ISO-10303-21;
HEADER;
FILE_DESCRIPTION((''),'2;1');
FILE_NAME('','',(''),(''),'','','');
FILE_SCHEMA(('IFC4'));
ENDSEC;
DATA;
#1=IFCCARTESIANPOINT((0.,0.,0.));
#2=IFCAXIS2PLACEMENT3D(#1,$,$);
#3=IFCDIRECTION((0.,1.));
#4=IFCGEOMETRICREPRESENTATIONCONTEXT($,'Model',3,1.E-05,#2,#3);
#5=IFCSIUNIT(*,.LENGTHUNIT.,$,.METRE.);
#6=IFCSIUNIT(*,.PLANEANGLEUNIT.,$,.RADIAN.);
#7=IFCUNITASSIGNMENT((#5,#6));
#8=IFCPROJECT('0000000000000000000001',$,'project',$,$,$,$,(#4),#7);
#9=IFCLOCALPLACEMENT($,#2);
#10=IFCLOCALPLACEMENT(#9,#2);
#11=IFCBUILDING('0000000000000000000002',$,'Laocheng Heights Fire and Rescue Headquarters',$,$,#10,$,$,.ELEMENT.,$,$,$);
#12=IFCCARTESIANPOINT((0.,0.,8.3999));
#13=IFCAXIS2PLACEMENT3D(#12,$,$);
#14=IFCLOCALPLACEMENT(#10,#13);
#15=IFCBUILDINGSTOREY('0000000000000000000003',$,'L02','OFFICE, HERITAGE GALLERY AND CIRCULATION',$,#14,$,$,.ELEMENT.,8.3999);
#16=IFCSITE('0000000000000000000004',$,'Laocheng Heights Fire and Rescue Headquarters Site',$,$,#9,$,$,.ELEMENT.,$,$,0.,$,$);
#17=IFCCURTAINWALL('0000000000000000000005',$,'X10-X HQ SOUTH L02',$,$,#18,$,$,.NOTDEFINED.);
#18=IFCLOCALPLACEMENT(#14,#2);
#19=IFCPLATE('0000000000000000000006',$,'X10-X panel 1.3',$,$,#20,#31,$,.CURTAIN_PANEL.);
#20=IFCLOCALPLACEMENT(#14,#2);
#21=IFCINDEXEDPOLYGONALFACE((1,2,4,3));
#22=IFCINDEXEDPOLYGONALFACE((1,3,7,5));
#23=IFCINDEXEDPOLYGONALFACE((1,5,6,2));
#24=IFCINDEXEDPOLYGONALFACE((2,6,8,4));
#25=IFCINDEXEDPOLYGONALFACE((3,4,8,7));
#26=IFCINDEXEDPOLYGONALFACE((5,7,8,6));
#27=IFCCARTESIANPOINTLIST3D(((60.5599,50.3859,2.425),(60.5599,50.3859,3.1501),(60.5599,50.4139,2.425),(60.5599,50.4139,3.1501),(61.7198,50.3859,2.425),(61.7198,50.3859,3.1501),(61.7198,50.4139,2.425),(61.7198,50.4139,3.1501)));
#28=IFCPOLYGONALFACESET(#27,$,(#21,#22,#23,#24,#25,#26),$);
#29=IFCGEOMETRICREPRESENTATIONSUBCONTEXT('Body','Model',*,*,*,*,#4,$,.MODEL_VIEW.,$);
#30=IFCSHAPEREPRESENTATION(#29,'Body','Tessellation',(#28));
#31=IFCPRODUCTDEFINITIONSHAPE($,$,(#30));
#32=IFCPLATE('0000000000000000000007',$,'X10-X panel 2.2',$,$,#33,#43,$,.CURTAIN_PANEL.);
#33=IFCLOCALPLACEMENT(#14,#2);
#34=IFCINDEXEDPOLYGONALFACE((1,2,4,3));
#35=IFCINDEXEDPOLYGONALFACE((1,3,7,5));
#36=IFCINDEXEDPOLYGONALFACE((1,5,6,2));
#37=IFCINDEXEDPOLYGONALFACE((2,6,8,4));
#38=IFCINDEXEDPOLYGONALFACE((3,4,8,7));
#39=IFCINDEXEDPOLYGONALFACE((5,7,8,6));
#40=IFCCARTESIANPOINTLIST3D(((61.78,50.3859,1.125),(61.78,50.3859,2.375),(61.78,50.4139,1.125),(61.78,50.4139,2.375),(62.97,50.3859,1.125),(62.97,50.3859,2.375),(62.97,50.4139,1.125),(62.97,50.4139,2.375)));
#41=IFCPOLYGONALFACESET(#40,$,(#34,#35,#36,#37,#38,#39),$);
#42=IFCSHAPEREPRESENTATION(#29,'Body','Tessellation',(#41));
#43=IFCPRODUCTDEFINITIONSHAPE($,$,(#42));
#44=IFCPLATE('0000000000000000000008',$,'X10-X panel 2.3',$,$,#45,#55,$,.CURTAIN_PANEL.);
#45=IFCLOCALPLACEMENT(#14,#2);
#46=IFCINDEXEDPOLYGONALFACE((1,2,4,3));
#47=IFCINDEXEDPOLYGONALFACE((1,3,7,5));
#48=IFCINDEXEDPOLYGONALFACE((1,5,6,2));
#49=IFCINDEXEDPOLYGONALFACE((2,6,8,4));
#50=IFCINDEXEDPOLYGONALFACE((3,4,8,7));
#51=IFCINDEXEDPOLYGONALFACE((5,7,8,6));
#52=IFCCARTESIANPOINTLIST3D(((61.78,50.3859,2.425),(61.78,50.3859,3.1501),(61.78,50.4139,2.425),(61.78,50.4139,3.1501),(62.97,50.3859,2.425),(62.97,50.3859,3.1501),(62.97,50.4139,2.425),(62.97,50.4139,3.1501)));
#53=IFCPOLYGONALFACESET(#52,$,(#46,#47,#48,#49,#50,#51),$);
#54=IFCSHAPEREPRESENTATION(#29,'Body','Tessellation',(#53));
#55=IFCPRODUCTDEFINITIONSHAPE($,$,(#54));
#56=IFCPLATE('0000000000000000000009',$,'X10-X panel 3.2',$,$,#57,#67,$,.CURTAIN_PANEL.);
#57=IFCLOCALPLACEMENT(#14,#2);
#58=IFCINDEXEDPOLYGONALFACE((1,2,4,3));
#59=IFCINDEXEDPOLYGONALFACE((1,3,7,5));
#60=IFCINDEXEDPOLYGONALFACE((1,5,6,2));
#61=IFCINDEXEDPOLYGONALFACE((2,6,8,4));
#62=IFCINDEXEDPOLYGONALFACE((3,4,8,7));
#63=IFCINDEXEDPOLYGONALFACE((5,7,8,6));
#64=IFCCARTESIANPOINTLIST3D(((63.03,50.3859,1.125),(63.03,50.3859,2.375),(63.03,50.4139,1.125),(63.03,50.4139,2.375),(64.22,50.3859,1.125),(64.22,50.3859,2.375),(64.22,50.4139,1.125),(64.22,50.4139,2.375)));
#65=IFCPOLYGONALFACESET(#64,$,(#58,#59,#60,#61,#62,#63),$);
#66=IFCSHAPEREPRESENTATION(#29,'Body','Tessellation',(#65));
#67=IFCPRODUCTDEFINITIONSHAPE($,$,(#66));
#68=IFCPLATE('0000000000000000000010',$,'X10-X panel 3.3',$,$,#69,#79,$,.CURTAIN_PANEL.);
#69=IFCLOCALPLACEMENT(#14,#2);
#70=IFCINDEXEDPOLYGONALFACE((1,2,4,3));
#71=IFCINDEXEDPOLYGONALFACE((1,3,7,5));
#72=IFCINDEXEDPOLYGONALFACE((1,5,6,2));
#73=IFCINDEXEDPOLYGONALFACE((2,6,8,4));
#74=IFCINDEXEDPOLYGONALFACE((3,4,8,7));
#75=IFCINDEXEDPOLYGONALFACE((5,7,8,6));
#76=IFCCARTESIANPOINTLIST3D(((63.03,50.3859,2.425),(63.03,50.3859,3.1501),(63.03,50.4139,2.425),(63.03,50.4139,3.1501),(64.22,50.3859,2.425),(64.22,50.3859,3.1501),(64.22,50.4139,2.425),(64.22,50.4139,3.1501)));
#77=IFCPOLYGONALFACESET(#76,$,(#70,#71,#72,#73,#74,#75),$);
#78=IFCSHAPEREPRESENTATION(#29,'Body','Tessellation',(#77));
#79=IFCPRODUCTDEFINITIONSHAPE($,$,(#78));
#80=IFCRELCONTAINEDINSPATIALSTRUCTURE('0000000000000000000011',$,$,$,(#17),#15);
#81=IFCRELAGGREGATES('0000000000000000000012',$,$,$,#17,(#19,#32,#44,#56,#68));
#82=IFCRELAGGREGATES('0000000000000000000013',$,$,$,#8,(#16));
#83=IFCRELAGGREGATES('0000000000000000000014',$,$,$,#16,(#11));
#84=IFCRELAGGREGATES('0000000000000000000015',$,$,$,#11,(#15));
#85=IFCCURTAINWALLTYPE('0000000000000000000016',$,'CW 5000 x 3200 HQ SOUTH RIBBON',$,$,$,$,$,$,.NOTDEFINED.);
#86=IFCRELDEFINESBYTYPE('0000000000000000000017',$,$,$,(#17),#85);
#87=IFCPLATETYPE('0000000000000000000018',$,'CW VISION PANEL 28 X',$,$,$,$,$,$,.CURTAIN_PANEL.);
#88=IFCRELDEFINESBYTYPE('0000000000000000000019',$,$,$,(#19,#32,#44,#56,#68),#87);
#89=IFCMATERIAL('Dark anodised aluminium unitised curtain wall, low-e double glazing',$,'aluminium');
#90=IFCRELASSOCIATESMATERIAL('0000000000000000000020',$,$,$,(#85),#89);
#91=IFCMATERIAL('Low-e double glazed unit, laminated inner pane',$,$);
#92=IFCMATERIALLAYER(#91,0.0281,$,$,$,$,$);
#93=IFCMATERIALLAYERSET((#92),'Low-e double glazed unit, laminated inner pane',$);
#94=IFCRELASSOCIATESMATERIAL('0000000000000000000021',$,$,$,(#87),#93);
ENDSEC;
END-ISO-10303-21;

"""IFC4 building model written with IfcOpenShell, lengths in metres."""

from ifc_helpers import new_model, si_unit, direction, frame, origin, origin_2d, place, context, subcontext, project, spatial, rectangle, extrude, material, layer, layer_set, type_object, element, aggregate, save


model = new_model("IFC4")

# Units and contexts
model_context = context("Model", 3, precision=1e-05, world=origin(), true_north=direction((0.0, 1.0)))
body_context = subcontext(model_context, "Body", "Model", "MODEL_VIEW")
ifc_project = project(units=[si_unit("LENGTHUNIT", "METRE"), si_unit("PLANEANGLEUNIT", "RADIAN")], contexts=[model_context])

# Site, building, storey
site_placement = place(None, origin())
site = spatial("IfcSite", under=ifc_project, at=site_placement, Name="Laocheng Heights Fire and Rescue Headquarters Site", CompositionType="ELEMENT", RefElevation=0.0)
building_placement = place(site_placement, origin())
building = spatial("IfcBuilding", under=site, at=building_placement, Name="Laocheng Heights Fire and Rescue Headquarters", CompositionType="ELEMENT")
storey_placement = place(building_placement, frame((0.0, 0.0, 8.3999)))
storey = spatial("IfcBuildingStorey", under=building, at=storey_placement, Name="L02", Description="OFFICE, HERITAGE GALLERY AND CIRCULATION", CompositionType="ELEMENT", Elevation=8.3999)

# Shared definitions
ifc_material_1 = material(Name="Dark anodised aluminium unitised curtain wall, low-e double glazing", Category="aluminium")
curtain_wall_type = type_object("IfcCurtainWallType", Name="CW 5000 x 3200 HQ SOUTH RIBBON", PredefinedType="NOTDEFINED", material=ifc_material_1)

# Curtain wall
curtain_wall_1_placement = place(storey_placement, origin())
curtain_wall_1 = element("IfcCurtainWall", 1, at=curtain_wall_1_placement, inside=storey, type_object=curtain_wall_type, Name="X10-X HQ SOUTH L02", PredefinedType="NOTDEFINED")

# Plates
ifc_material_2 = material(Name="Low-e double glazed unit, laminated inner pane")
ifc_layer_1 = layer(ifc_material_2, 0.0281)
ifc_layer_set_1 = layer_set([ifc_layer_1], Name="Low-e double glazed unit, laminated inner pane")
plate_type_1 = type_object("IfcPlateType", Name="CW VISION PANEL 28 X", PredefinedType="CURTAIN_PANEL", material=ifc_layer_set_1)
plate_1_placement = place(storey_placement, frame((61.1399, 50.3999, 2.425), z_axis=(0.0, 0.0, 1.0), x_axis=(1.0, 0.0, 0.0)))
plate_1 = element("IfcPlate", 2, at=plate_1_placement, type_object=plate_type_1, Name="X10-X panel 1.3", PredefinedType="CURTAIN_PANEL", context=body_context, shape_type="SweptSolid", body=[
    extrude(rectangle(XDim=1.1599, YDim=0.0281, at=origin_2d()), origin(), (0.0, 0.0, 1.0), 0.7251),
])
plate_2_placement = place(storey_placement, frame((62.375, 50.3999, 1.125), z_axis=(0.0, 0.0, 1.0), x_axis=(1.0, 0.0, 0.0)))
plate_2 = element("IfcPlate", 3, at=plate_2_placement, type_object=plate_type_1, Name="X10-X panel 2.2", PredefinedType="CURTAIN_PANEL", context=body_context, shape_type="SweptSolid", body=[
    extrude(rectangle(XDim=1.1899, YDim=0.0281, at=origin_2d()), origin(), (0.0, 0.0, 1.0), 1.25),
])
plate_3_placement = place(storey_placement, frame((62.375, 50.3999, 2.425), z_axis=(0.0, 0.0, 1.0), x_axis=(1.0, 0.0, 0.0)))
plate_3 = element("IfcPlate", 4, at=plate_3_placement, type_object=plate_type_1, Name="X10-X panel 2.3", PredefinedType="CURTAIN_PANEL", context=body_context, shape_type="SweptSolid", body=[
    extrude(rectangle(XDim=1.1899, YDim=0.0281, at=origin_2d()), origin(), (0.0, 0.0, 1.0), 0.7251),
])
plate_4_placement = place(storey_placement, frame((63.625, 50.3999, 1.125), z_axis=(0.0, 0.0, 1.0), x_axis=(1.0, 0.0, 0.0)))
plate_4 = element("IfcPlate", 5, at=plate_4_placement, type_object=plate_type_1, Name="X10-X panel 3.2", PredefinedType="CURTAIN_PANEL", context=body_context, shape_type="SweptSolid", body=[
    extrude(rectangle(XDim=1.1899, YDim=0.0281, at=origin_2d()), origin(), (0.0, 0.0, 1.0), 1.25),
])
plate_5_placement = place(storey_placement, frame((63.625, 50.3999, 2.425), z_axis=(0.0, 0.0, 1.0), x_axis=(1.0, 0.0, 0.0)))
plate_5 = element("IfcPlate", 6, at=plate_5_placement, type_object=plate_type_1, Name="X10-X panel 3.3", PredefinedType="CURTAIN_PANEL", context=body_context, shape_type="SweptSolid", body=[
    extrude(rectangle(XDim=1.1899, YDim=0.0281, at=origin_2d()), origin(), (0.0, 0.0, 1.0), 0.7251),
])
aggregate(curtain_wall_1, [plate_1, plate_2, plate_3, plate_4, plate_5])

save(model, "model.ifc")
